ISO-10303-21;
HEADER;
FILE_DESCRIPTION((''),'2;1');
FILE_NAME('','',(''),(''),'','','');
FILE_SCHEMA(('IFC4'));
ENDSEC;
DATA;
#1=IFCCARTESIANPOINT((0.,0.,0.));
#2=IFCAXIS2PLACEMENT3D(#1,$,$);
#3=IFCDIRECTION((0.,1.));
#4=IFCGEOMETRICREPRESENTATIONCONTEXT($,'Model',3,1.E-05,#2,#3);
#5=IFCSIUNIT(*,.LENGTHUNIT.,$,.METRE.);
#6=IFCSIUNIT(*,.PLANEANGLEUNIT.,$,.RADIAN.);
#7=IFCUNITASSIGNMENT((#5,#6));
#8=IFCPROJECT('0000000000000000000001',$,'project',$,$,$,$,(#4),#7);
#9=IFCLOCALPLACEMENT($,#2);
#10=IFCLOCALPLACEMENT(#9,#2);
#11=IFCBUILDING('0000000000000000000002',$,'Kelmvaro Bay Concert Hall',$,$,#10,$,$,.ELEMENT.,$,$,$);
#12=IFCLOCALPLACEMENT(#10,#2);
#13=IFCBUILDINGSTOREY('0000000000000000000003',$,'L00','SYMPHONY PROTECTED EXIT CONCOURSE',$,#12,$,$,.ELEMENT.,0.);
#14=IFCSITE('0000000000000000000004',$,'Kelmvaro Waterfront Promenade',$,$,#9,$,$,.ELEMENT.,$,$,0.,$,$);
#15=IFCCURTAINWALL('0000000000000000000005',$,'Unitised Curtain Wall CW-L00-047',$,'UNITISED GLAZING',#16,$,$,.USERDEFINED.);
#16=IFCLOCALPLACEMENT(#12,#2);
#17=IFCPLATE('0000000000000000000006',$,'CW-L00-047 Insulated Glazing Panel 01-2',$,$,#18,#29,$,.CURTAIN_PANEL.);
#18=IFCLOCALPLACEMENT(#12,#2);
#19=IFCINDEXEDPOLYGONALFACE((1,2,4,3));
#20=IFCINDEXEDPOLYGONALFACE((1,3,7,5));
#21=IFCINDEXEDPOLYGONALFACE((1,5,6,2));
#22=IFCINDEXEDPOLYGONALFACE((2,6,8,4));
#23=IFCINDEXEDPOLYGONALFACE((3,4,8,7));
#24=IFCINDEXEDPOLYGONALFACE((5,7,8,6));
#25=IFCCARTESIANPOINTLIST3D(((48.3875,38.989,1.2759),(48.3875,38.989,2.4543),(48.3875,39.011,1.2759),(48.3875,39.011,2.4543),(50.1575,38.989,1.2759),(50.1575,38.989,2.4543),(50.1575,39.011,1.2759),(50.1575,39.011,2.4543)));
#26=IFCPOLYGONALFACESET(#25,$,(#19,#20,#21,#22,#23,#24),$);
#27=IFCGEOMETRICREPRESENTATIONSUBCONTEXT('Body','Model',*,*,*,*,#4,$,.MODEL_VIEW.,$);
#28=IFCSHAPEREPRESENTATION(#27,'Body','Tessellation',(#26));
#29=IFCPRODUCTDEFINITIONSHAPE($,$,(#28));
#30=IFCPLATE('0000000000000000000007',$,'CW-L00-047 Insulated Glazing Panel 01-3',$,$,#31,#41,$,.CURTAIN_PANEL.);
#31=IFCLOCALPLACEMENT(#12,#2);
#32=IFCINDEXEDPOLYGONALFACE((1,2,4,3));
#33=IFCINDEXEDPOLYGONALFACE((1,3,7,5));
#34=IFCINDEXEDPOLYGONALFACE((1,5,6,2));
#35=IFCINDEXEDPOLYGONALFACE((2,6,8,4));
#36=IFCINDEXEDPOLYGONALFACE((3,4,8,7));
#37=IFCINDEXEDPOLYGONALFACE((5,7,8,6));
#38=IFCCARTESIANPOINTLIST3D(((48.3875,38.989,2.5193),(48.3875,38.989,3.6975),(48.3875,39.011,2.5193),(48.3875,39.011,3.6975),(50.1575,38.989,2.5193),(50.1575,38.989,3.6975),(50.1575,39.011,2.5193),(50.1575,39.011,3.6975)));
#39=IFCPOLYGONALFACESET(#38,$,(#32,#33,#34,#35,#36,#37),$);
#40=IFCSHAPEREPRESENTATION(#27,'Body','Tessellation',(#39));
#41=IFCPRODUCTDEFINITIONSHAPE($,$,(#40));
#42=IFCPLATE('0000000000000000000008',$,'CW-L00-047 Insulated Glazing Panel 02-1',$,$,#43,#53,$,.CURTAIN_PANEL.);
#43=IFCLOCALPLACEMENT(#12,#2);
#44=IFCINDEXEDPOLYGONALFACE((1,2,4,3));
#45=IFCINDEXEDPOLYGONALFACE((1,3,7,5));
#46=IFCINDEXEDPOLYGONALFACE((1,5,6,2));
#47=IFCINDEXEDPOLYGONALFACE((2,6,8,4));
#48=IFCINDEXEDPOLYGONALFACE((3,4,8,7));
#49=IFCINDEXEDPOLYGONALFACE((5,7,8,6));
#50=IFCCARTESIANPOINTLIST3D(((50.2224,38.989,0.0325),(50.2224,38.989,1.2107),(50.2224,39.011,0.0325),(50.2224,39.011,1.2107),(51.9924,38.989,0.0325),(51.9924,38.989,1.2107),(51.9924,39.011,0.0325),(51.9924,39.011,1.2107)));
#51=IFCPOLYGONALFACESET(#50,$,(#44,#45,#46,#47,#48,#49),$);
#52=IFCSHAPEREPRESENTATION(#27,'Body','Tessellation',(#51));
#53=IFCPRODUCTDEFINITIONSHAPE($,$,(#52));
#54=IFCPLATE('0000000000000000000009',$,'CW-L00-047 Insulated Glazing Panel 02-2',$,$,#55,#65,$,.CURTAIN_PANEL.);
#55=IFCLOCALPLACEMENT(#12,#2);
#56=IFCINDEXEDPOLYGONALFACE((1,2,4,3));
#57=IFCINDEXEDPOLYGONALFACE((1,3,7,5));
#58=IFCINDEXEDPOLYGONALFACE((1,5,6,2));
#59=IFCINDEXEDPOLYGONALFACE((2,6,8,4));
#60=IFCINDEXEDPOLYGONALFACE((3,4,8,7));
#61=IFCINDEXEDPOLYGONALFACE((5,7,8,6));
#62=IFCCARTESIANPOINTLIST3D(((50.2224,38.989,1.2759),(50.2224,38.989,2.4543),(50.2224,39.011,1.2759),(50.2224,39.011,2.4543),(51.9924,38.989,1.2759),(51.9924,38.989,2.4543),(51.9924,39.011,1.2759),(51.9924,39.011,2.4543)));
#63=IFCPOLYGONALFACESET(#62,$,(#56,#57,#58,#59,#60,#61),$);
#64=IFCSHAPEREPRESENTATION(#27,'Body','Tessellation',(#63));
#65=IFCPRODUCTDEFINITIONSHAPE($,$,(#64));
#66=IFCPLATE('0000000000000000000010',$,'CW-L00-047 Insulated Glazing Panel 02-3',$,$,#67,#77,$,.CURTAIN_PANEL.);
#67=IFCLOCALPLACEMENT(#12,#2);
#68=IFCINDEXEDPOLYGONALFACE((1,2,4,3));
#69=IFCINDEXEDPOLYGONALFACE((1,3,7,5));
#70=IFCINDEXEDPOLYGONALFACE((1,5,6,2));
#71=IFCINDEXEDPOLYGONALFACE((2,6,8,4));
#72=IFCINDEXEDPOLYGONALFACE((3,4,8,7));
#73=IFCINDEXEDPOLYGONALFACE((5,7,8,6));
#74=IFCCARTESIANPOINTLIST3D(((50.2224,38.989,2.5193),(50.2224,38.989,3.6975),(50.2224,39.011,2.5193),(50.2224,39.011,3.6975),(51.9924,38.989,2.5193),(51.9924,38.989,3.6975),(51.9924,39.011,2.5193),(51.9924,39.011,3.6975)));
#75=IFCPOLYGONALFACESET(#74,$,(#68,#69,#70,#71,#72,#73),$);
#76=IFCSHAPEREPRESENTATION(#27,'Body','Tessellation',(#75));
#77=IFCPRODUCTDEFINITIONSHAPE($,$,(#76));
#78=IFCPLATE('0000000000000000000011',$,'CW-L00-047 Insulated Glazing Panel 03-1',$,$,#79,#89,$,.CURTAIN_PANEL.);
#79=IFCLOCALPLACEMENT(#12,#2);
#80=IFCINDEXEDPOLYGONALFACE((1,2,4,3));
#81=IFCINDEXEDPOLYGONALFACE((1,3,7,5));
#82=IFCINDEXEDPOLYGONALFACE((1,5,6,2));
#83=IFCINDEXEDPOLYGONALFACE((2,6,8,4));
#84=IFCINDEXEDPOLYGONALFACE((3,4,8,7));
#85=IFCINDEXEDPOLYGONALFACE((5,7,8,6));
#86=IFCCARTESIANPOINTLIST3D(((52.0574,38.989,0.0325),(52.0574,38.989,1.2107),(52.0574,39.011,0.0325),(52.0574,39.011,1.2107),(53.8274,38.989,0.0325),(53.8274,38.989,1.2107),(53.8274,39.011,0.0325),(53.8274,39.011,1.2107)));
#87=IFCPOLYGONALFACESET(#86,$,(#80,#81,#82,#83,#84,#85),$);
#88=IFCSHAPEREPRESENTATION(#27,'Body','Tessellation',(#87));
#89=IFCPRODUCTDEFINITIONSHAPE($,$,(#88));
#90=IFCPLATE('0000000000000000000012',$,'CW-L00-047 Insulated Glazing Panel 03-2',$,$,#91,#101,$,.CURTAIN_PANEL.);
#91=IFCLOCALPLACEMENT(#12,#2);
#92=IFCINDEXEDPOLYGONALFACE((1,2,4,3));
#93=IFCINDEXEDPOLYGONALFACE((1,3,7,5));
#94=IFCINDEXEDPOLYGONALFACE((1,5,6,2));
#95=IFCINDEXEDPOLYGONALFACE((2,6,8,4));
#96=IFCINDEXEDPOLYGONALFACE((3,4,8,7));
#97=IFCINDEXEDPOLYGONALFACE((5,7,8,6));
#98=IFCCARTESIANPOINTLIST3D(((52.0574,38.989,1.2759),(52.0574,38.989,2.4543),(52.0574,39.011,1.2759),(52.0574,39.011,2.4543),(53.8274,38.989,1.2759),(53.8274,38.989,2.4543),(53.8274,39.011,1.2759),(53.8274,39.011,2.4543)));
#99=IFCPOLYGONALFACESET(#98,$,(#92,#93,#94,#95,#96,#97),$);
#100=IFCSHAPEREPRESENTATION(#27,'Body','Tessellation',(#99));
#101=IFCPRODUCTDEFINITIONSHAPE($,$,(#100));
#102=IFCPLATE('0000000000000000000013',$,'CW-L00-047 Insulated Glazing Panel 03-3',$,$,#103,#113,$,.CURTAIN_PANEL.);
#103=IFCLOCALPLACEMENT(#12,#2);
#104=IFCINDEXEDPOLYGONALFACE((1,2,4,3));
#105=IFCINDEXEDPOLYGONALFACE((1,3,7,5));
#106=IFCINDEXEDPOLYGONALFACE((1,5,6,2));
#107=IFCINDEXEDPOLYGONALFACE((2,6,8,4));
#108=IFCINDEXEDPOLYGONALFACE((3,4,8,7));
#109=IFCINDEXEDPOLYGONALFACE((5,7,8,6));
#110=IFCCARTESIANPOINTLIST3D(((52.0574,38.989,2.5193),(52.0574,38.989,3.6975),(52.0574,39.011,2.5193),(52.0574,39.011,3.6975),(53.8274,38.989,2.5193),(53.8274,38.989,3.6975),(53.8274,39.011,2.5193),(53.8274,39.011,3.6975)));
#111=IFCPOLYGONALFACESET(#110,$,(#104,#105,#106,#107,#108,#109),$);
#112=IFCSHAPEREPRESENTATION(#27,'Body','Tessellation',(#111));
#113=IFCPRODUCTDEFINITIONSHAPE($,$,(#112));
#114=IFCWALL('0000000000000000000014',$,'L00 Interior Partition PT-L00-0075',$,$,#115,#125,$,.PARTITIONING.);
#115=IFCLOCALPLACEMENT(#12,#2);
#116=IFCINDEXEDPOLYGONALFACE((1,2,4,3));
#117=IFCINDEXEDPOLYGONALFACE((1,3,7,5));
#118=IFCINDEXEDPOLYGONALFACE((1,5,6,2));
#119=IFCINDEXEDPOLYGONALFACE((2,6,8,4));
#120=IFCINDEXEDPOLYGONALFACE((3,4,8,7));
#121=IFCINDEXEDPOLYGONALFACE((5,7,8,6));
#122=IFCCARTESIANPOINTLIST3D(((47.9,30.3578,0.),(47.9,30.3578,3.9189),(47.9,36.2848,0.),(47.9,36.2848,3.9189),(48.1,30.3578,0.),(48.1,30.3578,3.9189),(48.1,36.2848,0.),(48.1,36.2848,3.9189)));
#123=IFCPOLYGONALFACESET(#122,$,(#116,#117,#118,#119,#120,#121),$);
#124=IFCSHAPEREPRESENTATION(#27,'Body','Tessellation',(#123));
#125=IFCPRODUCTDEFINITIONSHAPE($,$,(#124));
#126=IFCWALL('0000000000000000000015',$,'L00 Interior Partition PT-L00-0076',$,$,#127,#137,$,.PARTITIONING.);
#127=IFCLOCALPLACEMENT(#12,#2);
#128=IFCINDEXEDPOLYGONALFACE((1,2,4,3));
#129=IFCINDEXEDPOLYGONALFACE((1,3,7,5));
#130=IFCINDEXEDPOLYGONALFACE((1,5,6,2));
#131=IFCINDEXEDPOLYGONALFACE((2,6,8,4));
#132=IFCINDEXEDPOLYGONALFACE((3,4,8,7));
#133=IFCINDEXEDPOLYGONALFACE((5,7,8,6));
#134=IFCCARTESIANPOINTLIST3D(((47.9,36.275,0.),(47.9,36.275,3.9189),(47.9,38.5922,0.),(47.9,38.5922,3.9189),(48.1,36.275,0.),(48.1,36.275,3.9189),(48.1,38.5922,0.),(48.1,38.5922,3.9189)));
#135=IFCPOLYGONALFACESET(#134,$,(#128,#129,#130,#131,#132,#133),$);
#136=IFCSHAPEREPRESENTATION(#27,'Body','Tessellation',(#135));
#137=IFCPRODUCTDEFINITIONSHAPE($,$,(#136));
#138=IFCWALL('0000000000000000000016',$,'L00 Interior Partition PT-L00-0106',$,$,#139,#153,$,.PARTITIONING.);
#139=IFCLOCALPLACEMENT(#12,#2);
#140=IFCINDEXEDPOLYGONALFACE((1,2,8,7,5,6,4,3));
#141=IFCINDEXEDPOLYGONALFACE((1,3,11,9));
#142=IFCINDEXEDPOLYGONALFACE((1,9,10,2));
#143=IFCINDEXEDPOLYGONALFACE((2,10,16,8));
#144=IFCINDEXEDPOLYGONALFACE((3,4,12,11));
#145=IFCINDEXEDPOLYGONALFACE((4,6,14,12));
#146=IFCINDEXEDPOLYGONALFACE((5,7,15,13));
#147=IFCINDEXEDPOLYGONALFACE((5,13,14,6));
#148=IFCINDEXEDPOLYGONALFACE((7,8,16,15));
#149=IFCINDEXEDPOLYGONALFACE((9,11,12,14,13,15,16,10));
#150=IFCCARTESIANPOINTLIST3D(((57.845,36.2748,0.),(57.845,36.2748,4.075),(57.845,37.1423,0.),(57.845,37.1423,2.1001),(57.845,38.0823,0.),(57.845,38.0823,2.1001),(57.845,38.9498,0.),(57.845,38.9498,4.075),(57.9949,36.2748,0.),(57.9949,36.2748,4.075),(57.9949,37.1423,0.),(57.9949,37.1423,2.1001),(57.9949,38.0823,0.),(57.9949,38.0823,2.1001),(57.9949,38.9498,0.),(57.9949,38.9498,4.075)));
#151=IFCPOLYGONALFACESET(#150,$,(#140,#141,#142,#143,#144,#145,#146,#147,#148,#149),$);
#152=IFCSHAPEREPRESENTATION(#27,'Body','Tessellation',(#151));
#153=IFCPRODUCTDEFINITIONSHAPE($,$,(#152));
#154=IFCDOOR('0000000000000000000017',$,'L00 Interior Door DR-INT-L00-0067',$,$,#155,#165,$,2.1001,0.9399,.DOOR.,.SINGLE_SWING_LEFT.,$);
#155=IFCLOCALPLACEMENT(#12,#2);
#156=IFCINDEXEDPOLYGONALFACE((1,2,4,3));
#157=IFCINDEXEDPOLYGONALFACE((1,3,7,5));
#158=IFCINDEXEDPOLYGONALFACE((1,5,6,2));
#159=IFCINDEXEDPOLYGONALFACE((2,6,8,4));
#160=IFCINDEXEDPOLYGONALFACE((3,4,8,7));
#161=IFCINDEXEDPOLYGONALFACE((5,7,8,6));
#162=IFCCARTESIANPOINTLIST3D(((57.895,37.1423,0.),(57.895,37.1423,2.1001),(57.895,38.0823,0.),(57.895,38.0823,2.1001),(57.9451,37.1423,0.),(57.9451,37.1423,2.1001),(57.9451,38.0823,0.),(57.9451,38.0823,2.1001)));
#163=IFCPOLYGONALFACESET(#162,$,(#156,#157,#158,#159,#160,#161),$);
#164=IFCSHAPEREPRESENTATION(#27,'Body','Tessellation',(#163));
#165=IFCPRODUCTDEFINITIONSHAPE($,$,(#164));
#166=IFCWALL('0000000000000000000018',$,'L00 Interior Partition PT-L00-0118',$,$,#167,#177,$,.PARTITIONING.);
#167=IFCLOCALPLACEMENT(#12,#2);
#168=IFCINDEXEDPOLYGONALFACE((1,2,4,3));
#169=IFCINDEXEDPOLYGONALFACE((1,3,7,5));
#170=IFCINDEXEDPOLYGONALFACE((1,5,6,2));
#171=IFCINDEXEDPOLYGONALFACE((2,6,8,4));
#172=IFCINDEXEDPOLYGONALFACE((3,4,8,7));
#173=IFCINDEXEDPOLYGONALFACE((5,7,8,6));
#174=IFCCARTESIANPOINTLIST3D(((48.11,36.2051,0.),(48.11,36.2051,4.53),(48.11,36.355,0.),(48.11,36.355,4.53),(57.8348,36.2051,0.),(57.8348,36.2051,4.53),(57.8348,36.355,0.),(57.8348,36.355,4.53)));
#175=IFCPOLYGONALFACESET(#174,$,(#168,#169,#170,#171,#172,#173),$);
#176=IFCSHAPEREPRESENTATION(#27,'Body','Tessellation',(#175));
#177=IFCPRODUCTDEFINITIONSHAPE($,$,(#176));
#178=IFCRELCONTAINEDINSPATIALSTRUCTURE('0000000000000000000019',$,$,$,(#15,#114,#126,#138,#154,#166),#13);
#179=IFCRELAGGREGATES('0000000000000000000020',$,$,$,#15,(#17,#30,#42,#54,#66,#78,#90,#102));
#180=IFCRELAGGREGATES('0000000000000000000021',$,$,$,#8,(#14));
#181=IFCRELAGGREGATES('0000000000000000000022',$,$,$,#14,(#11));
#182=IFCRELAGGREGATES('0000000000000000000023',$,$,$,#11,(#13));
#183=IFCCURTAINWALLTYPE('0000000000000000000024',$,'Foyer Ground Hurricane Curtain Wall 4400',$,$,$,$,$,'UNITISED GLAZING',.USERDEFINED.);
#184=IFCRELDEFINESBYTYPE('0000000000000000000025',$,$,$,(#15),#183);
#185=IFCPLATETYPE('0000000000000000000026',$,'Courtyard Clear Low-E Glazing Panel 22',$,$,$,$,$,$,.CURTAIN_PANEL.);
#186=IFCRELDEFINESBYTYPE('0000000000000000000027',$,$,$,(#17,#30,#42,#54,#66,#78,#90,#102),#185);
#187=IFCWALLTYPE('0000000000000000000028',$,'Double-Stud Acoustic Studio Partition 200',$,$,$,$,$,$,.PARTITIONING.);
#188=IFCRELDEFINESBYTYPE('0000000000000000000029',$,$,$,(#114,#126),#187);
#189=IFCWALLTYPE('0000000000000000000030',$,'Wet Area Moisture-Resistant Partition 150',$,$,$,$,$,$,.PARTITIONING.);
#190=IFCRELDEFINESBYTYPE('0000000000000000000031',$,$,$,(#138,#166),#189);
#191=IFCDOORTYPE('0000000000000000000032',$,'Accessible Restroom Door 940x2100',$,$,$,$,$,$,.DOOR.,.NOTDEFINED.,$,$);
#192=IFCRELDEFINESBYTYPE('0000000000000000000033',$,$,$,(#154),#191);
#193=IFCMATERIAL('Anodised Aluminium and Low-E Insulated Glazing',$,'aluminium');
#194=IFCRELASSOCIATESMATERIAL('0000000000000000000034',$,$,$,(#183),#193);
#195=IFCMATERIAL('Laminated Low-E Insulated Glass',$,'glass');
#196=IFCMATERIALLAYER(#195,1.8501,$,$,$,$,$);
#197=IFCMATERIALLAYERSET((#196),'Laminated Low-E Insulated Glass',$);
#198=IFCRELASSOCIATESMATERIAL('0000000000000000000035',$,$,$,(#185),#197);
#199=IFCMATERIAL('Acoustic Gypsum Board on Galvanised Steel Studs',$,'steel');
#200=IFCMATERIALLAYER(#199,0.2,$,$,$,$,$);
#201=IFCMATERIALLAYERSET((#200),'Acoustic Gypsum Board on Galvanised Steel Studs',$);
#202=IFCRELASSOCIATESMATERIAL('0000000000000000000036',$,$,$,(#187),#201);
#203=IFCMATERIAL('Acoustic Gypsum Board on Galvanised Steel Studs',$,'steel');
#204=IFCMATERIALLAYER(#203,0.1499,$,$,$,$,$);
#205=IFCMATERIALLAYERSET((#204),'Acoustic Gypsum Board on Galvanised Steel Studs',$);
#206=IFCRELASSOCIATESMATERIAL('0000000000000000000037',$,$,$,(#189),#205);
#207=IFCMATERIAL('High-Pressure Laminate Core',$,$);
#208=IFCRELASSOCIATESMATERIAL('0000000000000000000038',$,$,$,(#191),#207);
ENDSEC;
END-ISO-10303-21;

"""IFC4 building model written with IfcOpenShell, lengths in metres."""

from ifc_helpers import new_model, si_unit, direction, frame, frame_2d, origin, origin_2d, place, context, subcontext, project, spatial, rectangle, extrude, material, layer, layer_set, type_object, element, fill, aggregate, save


model = new_model("IFC4")

# Units and contexts
model_context = context("Model", 3, precision=1e-05, world=origin(), true_north=direction((0.0, 1.0)))
body_context = subcontext(model_context, "Body", "Model", "MODEL_VIEW")
ifc_project = project(units=[si_unit("LENGTHUNIT", "METRE"), si_unit("PLANEANGLEUNIT", "RADIAN")], contexts=[model_context])

# Site, building, storey
site_placement = place(None, origin())
site = spatial("IfcSite", under=ifc_project, at=site_placement, Name="Kelmvaro Waterfront Promenade", CompositionType="ELEMENT", RefElevation=0.0)
building_placement = place(site_placement, origin())
building = spatial("IfcBuilding", under=site, at=building_placement, Name="Kelmvaro Bay Concert Hall", CompositionType="ELEMENT")
storey_placement = place(building_placement, origin())
storey = spatial("IfcBuildingStorey", under=building, at=storey_placement, Name="L00", Description="SYMPHONY PROTECTED EXIT CONCOURSE", CompositionType="ELEMENT", Elevation=0.0)

# Curtain wall
ifc_material_1 = material(Name="Anodised Aluminium and Low-E Insulated Glazing", Category="aluminium")
curtain_wall_type = type_object("IfcCurtainWallType", Name="Foyer Ground Hurricane Curtain Wall 4400", ElementType="UNITISED GLAZING", PredefinedType="USERDEFINED", material=ifc_material_1)
curtain_wall_1_placement = place(storey_placement, origin())
curtain_wall_1 = element("IfcCurtainWall", 1, at=curtain_wall_1_placement, inside=storey, type_object=curtain_wall_type, Name="Unitised Curtain Wall CW-L00-047", ObjectType="UNITISED GLAZING", PredefinedType="USERDEFINED")

# Plates
ifc_material_2 = material(Name="Laminated Low-E Insulated Glass", Category="glass")
ifc_layer_1 = layer(ifc_material_2, 1.8501)
ifc_layer_set_1 = layer_set([ifc_layer_1], Name="Laminated Low-E Insulated Glass")
plate_type = type_object("IfcPlateType", Name="Courtyard Clear Low-E Glazing Panel 22", PredefinedType="CURTAIN_PANEL", material=ifc_layer_set_1)
plate_1_placement = place(storey_placement, frame((49.2725, 39.0, 1.2759), z_axis=(0.0, 0.0, 1.0), x_axis=(1.0, 0.0, 0.0)))
plate_1 = element("IfcPlate", 2, at=plate_1_placement, type_object=plate_type, Name="CW-L00-047 Insulated Glazing Panel 01-2", PredefinedType="CURTAIN_PANEL", context=body_context, shape_type="SweptSolid", body=[
    extrude(rectangle(XDim=1.77, YDim=0.022, at=origin_2d()), origin(), (0.0, 0.0, 1.0), 1.1785),
])
plate_2_placement = place(storey_placement, frame((49.2725, 39.0, 2.5193), z_axis=(0.0, 0.0, 1.0), x_axis=(1.0, 0.0, 0.0)))
plate_2 = element("IfcPlate", 3, at=plate_2_placement, type_object=plate_type, Name="CW-L00-047 Insulated Glazing Panel 01-3", PredefinedType="CURTAIN_PANEL", context=body_context, shape_type="SweptSolid", body=[
    extrude(rectangle(XDim=1.77, YDim=0.022, at=origin_2d()), origin(), (0.0, 0.0, 1.0), 1.1782),
])
plate_3_placement = place(storey_placement, frame((51.1074, 39.0, 0.0325), z_axis=(0.0, 0.0, 1.0), x_axis=(1.0, 0.0, 0.0)))
plate_3 = element("IfcPlate", 4, at=plate_3_placement, type_object=plate_type, Name="CW-L00-047 Insulated Glazing Panel 02-1", PredefinedType="CURTAIN_PANEL", context=body_context, shape_type="SweptSolid", body=[
    extrude(rectangle(XDim=1.77, YDim=0.022, at=origin_2d()), origin(), (0.0, 0.0, 1.0), 1.1782),
])
plate_4_placement = place(storey_placement, frame((51.1074, 39.0, 1.2759), z_axis=(0.0, 0.0, 1.0), x_axis=(1.0, 0.0, 0.0)))
plate_4 = element("IfcPlate", 5, at=plate_4_placement, type_object=plate_type, Name="CW-L00-047 Insulated Glazing Panel 02-2", PredefinedType="CURTAIN_PANEL", context=body_context, shape_type="SweptSolid", body=[
    extrude(rectangle(XDim=1.77, YDim=0.022, at=origin_2d()), origin(), (0.0, 0.0, 1.0), 1.1785),
])
plate_5_placement = place(storey_placement, frame((51.1074, 39.0, 2.5193), z_axis=(0.0, 0.0, 1.0), x_axis=(1.0, 0.0, 0.0)))
plate_5 = element("IfcPlate", 6, at=plate_5_placement, type_object=plate_type, Name="CW-L00-047 Insulated Glazing Panel 02-3", PredefinedType="CURTAIN_PANEL", context=body_context, shape_type="SweptSolid", body=[
    extrude(rectangle(XDim=1.77, YDim=0.022, at=origin_2d()), origin(), (0.0, 0.0, 1.0), 1.1782),
])
plate_6_placement = place(storey_placement, frame((52.9424, 39.0, 0.0325), z_axis=(0.0, 0.0, 1.0), x_axis=(1.0, 0.0, 0.0)))
plate_6 = element("IfcPlate", 7, at=plate_6_placement, type_object=plate_type, Name="CW-L00-047 Insulated Glazing Panel 03-1", PredefinedType="CURTAIN_PANEL", context=body_context, shape_type="SweptSolid", body=[
    extrude(rectangle(XDim=1.77, YDim=0.022, at=origin_2d()), origin(), (0.0, 0.0, 1.0), 1.1782),
])
plate_7_placement = place(storey_placement, frame((52.9424, 39.0, 1.2759), z_axis=(0.0, 0.0, 1.0), x_axis=(1.0, 0.0, 0.0)))
plate_7 = element("IfcPlate", 8, at=plate_7_placement, type_object=plate_type, Name="CW-L00-047 Insulated Glazing Panel 03-2", PredefinedType="CURTAIN_PANEL", context=body_context, shape_type="SweptSolid", body=[
    extrude(rectangle(XDim=1.77, YDim=0.022, at=origin_2d()), origin(), (0.0, 0.0, 1.0), 1.1785),
])
plate_8_placement = place(storey_placement, frame((52.9424, 39.0, 2.5193), z_axis=(0.0, 0.0, 1.0), x_axis=(1.0, 0.0, 0.0)))
plate_8 = element("IfcPlate", 9, at=plate_8_placement, type_object=plate_type, Name="CW-L00-047 Insulated Glazing Panel 03-3", PredefinedType="CURTAIN_PANEL", context=body_context, shape_type="SweptSolid", body=[
    extrude(rectangle(XDim=1.77, YDim=0.022, at=origin_2d()), origin(), (0.0, 0.0, 1.0), 1.1782),
])
aggregate(curtain_wall_1, [plate_1, plate_2, plate_3, plate_4, plate_5, plate_6, plate_7, plate_8])

# Walls
ifc_material_3 = material(Name="Acoustic Gypsum Board on Galvanised Steel Studs", Category="steel")
ifc_layer_2 = layer(ifc_material_3, 0.2)
ifc_layer_set_2 = layer_set([ifc_layer_2], Name="Acoustic Gypsum Board on Galvanised Steel Studs")
wall_type_1 = type_object("IfcWallType", Name="Double-Stud Acoustic Studio Partition 200", PredefinedType="PARTITIONING", material=ifc_layer_set_2)
wall_1_placement = place(storey_placement, frame((48.0, 30.3579, 0.0), z_axis=(0.0, 0.0, 1.0), x_axis=(0.0, 1.0, 0.0)))
element("IfcWall", 10, at=wall_1_placement, inside=storey, type_object=wall_type_1, Name="L00 Interior Partition PT-L00-0075", PredefinedType="PARTITIONING", context=body_context, shape_type="SweptSolid", body=[
    extrude(rectangle(XDim=5.927, YDim=0.2, at=frame_2d((2.9634, 0.0))), origin(), (0.0, 0.0, 1.0), 3.9189),
])
wall_2_placement = place(storey_placement, frame((48.0, 36.2749, 0.0), z_axis=(0.0, 0.0, 1.0), x_axis=(0.0, 1.0, 0.0)))
element("IfcWall", 11, at=wall_2_placement, inside=storey, type_object=wall_type_1, Name="L00 Interior Partition PT-L00-0076", PredefinedType="PARTITIONING", context=body_context, shape_type="SweptSolid", body=[
    extrude(rectangle(XDim=2.3171, YDim=0.2, at=frame_2d((1.1587, 0.0))), origin(), (0.0, 0.0, 1.0), 3.9189),
])

# Wall, opening, door
ifc_material_4 = material(Name="Acoustic Gypsum Board on Galvanised Steel Studs", Category="steel")
ifc_layer_3 = layer(ifc_material_4, 0.1499)
ifc_layer_set_3 = layer_set([ifc_layer_3], Name="Acoustic Gypsum Board on Galvanised Steel Studs")
wall_type_2 = type_object("IfcWallType", Name="Wet Area Moisture-Resistant Partition 150", PredefinedType="PARTITIONING", material=ifc_layer_set_3)
wall_3_placement = place(storey_placement, frame((57.9199, 36.2749, 0.0), z_axis=(0.0, 0.0, 1.0), x_axis=(0.0, 1.0, 0.0)))
wall_3 = element("IfcWall", 12, at=wall_3_placement, inside=storey, type_object=wall_type_2, Name="L00 Interior Partition PT-L00-0106", PredefinedType="PARTITIONING", context=body_context, shape_type="SweptSolid", body=[
    extrude(rectangle(XDim=2.675, YDim=0.1499, at=frame_2d((1.3374, 0.0))), origin(), (0.0, 0.0, 1.0), 4.075),
])
opening_1_placement = place(wall_3_placement, frame((0.8674, 0.0, 0.0)))
opening_1 = element("IfcOpeningElement", 13, at=opening_1_placement, cuts=wall_3, PredefinedType="OPENING", context=body_context, shape_type="SweptSolid", body=[
    extrude(rectangle(XDim=0.9399, YDim=2.1001, at=frame_2d((0.47, 1.05))), frame((0.0, 0.085, 0.0), z_axis=(0.0, -1.0, 0.0), x_axis=(1.0, 0.0, 0.0)), (0.0, 0.0, 1.0), 0.1699),
])
ifc_material_5 = material(Name="High-Pressure Laminate Core")
door_type = type_object("IfcDoorType", Name="Accessible Restroom Door 940x2100", OperationType="NOTDEFINED", PredefinedType="DOOR", material=ifc_material_5)
door_1_placement = place(opening_1_placement, origin())
door_1 = element("IfcDoor", 14, at=door_1_placement, inside=storey, type_object=door_type, Name="L00 Interior Door DR-INT-L00-0067", OperationType="SINGLE_SWING_LEFT", OverallHeight=2.1001, OverallWidth=0.9399, PredefinedType="DOOR", context=body_context, shape_type="SweptSolid", body=[
    extrude(rectangle(XDim=0.9399, YDim=2.1001, at=frame_2d((0.47, 1.05))), frame((0.0, 0.0249, 0.0), z_axis=(0.0, -1.0, 0.0), x_axis=(1.0, 0.0, 0.0)), (0.0, 0.0, 1.0), 0.05),
])
fill(opening_1, door_1)

# Wall
wall_4_placement = place(storey_placement, frame((48.1101, 36.28, 0.0), z_axis=(0.0, 0.0, 1.0), x_axis=(1.0, 0.0, 0.0)))
element("IfcWall", 15, at=wall_4_placement, inside=storey, type_object=wall_type_2, Name="L00 Interior Partition PT-L00-0118", PredefinedType="PARTITIONING", context=body_context, shape_type="SweptSolid", body=[
    extrude(rectangle(XDim=9.7249, YDim=0.1499, at=frame_2d((4.8623, 0.0))), origin(), (0.0, 0.0, 1.0), 4.53),
])

save(model, "model.ifc")
